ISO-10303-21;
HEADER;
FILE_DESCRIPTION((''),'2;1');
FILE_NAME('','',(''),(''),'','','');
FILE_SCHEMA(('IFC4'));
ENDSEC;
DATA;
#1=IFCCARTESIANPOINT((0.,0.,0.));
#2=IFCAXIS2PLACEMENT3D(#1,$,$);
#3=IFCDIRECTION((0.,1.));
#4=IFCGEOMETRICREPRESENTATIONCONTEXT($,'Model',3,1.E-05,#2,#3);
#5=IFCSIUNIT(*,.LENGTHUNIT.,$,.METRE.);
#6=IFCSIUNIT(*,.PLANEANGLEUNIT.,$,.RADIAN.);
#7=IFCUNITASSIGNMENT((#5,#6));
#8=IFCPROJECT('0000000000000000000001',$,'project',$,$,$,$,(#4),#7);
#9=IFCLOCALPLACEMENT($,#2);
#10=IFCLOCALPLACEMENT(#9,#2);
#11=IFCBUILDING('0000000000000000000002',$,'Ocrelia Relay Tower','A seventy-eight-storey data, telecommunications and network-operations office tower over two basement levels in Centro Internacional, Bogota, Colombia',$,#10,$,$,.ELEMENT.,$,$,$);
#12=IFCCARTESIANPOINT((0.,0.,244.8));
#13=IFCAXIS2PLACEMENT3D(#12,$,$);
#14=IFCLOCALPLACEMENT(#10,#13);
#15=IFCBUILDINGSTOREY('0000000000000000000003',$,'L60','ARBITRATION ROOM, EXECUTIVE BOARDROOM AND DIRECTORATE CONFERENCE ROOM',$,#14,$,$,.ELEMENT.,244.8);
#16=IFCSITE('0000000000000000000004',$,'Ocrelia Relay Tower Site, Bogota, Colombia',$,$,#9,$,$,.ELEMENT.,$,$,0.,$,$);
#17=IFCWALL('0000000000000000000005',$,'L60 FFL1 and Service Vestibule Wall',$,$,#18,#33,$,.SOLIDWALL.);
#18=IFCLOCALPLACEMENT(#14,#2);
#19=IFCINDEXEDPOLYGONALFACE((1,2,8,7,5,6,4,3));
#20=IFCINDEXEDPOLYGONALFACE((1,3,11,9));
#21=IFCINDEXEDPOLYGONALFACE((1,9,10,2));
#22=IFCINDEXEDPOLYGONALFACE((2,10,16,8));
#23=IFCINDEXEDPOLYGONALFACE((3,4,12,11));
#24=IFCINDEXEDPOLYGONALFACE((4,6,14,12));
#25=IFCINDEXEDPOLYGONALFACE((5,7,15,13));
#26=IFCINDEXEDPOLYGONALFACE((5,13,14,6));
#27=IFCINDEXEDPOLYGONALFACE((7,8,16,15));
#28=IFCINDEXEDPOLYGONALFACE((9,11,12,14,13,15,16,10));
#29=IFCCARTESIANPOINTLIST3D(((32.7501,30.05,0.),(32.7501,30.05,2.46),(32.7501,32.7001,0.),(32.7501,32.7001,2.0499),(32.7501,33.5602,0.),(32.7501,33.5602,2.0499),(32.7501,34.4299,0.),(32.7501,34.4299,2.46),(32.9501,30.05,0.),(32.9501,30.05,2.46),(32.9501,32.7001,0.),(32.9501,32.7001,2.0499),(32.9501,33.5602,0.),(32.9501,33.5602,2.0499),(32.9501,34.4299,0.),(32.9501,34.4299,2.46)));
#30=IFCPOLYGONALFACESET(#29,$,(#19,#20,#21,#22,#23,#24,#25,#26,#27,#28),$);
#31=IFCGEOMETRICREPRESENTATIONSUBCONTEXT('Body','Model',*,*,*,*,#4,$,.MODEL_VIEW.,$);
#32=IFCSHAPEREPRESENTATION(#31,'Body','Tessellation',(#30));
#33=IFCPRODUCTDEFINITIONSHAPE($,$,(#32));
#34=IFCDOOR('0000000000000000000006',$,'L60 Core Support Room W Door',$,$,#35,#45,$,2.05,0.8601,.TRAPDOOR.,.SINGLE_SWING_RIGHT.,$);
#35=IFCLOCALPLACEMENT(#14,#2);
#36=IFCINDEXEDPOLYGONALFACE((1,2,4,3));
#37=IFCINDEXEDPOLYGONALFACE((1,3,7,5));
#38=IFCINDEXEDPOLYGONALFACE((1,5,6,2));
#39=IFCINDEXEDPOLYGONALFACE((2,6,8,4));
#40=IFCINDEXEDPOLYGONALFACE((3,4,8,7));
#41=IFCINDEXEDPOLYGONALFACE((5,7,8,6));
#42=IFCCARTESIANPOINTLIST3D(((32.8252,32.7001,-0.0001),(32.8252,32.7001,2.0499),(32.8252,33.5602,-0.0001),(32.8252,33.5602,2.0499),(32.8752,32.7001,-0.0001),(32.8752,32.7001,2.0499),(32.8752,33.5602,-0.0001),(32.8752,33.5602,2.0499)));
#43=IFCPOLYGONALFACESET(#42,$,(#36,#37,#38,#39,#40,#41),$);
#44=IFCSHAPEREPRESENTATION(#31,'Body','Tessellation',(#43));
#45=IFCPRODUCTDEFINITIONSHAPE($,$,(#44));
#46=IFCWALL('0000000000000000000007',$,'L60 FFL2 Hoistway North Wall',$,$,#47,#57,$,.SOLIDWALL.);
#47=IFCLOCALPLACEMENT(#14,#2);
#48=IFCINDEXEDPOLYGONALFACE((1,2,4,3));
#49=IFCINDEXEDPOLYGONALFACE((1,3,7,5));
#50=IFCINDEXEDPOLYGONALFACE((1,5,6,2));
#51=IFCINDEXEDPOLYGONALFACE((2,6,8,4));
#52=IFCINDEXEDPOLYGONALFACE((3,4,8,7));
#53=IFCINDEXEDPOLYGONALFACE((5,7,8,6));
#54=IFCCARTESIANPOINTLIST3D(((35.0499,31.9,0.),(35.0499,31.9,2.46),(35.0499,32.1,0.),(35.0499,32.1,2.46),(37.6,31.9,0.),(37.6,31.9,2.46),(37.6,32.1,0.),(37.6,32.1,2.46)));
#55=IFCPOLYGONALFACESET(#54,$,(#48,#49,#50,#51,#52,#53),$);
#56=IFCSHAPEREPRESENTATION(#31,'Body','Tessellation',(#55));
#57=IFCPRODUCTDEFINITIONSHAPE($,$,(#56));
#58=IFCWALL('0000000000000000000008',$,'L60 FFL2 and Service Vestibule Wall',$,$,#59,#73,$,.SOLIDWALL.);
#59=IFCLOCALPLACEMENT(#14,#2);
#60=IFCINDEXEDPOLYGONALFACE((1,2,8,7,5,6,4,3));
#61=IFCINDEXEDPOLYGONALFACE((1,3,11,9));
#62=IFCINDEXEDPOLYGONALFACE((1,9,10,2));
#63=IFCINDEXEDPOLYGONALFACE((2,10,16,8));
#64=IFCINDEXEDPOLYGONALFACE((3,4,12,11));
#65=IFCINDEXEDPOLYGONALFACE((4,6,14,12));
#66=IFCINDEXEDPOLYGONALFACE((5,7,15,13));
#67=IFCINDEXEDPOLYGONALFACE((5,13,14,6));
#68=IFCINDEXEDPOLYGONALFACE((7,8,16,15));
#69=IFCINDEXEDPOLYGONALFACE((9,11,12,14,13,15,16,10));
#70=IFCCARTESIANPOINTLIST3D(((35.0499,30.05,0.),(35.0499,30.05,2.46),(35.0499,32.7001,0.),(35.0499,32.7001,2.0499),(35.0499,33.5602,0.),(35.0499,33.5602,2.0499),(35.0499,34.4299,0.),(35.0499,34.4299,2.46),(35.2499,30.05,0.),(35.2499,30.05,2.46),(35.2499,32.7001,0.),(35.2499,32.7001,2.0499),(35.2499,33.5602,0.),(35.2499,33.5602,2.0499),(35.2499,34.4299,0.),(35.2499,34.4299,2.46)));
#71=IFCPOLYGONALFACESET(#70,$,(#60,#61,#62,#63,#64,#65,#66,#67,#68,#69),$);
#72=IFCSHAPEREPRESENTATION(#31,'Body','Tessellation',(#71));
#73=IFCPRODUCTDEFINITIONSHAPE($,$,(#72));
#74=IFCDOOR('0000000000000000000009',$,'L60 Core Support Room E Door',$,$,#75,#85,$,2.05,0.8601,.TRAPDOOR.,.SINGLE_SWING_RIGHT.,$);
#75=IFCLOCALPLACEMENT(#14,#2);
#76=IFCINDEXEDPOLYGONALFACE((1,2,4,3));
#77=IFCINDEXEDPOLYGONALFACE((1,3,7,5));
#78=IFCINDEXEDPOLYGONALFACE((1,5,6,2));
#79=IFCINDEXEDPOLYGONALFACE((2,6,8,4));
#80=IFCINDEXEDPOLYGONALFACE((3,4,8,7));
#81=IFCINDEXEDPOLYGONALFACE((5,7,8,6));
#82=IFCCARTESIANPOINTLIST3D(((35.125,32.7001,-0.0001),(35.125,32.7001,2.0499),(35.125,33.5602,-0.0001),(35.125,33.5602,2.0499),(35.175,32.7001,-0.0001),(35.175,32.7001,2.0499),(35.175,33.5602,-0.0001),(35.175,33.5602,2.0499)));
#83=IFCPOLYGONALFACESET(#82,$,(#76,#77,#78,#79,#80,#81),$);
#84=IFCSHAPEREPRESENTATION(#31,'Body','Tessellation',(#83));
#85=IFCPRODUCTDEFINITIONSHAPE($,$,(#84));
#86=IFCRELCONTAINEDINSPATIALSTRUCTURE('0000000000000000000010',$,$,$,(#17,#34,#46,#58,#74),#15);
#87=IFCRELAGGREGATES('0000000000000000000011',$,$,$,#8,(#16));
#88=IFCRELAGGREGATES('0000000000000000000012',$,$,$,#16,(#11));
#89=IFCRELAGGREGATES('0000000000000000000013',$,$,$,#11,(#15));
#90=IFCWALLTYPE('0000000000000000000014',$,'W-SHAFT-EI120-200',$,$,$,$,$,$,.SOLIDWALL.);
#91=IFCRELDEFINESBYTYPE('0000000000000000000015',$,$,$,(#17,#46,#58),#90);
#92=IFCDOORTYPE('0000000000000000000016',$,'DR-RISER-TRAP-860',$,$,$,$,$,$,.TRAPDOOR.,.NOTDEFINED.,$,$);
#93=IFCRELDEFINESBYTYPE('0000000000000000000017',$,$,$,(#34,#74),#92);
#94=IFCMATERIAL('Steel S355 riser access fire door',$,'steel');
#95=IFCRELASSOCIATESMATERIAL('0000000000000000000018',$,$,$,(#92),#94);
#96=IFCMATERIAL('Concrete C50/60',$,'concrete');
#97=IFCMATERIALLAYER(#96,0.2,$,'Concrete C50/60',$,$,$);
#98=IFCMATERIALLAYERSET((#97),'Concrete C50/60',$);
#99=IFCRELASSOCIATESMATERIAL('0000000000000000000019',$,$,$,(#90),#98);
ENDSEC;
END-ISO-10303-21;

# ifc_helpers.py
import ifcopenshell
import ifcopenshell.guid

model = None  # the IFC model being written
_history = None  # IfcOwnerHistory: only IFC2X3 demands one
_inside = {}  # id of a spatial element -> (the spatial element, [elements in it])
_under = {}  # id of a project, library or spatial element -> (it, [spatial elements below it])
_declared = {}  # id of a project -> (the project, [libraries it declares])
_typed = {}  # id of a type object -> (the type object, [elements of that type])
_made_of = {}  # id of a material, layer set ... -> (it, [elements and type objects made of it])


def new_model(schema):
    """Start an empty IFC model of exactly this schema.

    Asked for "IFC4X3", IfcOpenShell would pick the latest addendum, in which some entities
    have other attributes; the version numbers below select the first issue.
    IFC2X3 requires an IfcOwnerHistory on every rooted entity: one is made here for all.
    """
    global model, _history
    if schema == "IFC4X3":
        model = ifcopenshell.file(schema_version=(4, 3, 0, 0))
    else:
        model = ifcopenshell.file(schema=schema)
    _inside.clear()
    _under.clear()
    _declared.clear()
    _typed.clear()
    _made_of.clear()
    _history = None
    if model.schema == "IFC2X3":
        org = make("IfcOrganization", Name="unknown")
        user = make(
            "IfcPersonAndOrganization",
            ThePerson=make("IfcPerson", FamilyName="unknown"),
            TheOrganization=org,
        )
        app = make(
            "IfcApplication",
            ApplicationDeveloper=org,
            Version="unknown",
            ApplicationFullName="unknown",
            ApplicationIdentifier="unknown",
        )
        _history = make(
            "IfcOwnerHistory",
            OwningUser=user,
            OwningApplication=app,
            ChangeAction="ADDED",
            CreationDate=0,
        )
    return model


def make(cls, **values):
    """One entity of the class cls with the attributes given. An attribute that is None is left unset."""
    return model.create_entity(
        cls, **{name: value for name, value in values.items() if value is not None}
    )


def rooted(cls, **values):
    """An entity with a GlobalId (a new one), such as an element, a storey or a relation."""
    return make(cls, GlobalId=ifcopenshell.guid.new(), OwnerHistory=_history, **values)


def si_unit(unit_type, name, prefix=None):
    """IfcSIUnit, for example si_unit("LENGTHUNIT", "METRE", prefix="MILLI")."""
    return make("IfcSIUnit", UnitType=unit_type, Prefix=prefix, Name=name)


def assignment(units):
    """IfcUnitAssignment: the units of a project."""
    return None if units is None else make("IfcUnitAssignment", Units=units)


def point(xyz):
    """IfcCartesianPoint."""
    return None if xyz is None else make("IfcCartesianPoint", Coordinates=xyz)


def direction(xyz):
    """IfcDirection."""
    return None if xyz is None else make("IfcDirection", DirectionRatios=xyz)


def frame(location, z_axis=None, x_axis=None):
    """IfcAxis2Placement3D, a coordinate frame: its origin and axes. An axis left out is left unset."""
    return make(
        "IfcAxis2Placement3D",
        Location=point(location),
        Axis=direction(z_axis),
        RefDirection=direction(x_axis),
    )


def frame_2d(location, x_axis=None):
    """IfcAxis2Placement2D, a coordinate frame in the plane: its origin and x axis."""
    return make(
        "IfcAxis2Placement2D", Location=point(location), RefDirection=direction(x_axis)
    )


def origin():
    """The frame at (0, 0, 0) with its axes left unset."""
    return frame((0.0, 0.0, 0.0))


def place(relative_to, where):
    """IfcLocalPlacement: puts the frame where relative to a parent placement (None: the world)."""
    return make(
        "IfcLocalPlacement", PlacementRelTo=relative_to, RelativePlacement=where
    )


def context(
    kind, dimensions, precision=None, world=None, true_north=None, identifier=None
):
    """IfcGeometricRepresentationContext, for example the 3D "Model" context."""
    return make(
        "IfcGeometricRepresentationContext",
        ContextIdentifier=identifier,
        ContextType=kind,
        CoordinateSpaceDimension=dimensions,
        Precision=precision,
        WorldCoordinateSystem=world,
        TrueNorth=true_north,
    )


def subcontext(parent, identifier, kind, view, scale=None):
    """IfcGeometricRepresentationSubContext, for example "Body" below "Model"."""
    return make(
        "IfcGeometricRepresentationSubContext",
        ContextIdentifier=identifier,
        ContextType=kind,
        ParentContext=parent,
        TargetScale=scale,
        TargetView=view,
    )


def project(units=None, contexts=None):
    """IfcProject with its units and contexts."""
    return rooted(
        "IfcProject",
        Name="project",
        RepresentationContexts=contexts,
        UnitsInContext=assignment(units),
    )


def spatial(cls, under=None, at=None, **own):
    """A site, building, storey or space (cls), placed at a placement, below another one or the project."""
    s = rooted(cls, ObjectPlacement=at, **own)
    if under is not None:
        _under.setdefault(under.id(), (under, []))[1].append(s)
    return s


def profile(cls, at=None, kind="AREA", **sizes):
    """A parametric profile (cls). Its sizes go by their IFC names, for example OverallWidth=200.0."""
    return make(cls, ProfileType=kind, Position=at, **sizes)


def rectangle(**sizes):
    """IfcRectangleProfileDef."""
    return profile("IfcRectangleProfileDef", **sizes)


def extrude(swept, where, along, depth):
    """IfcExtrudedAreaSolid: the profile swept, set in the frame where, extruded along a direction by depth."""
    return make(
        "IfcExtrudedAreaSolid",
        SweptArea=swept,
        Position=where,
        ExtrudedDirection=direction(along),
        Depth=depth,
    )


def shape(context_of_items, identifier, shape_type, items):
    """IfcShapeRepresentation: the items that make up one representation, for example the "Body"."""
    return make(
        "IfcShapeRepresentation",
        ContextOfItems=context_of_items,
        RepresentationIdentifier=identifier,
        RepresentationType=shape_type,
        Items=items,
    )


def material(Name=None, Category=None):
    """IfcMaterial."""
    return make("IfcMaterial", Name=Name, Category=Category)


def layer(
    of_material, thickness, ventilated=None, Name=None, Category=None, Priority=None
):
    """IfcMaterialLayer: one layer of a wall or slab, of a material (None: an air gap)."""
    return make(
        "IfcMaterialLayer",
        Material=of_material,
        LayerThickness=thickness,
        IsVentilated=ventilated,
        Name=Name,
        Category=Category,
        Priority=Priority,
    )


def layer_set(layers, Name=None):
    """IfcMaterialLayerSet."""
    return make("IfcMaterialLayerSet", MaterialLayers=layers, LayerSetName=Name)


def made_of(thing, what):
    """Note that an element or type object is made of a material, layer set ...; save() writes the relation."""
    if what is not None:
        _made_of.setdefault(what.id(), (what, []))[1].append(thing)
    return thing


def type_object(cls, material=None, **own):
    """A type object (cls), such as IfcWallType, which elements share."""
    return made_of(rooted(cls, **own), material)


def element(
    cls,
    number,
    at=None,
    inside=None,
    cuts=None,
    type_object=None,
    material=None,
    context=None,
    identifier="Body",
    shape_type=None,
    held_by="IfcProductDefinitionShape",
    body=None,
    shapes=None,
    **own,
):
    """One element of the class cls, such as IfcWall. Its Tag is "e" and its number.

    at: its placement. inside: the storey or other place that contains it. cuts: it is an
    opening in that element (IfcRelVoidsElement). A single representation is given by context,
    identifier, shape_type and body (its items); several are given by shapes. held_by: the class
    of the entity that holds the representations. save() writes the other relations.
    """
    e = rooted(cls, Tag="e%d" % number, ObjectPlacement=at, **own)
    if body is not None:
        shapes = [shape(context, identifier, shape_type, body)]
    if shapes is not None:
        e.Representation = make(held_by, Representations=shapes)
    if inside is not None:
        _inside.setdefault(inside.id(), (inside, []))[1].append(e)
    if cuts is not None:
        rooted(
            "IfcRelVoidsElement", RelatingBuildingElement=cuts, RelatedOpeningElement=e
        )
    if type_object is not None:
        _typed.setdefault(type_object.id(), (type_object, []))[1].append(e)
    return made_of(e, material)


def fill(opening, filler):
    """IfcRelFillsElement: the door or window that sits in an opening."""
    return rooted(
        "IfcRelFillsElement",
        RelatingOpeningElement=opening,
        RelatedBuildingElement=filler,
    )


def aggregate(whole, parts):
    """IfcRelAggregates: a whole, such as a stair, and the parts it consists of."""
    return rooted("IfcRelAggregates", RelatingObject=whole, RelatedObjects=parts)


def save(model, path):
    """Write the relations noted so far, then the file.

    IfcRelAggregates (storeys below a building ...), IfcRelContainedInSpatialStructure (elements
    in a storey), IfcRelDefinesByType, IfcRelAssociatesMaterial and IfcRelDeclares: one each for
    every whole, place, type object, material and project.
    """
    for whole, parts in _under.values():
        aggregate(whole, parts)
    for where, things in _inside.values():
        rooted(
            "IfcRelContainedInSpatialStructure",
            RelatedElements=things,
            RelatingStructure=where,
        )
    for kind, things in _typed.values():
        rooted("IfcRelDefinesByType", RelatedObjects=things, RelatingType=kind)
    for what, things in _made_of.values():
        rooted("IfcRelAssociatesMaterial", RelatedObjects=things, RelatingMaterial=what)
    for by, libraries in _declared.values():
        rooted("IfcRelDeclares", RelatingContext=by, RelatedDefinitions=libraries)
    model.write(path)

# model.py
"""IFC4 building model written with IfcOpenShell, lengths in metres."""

from ifc_helpers import new_model, si_unit, direction, frame, frame_2d, origin, place, context, subcontext, project, spatial, rectangle, extrude, material, layer, layer_set, type_object, element, fill, save


model = new_model("IFC4")

# Units and contexts
model_context = context("Model", 3, precision=1e-05, world=origin(), true_north=direction((0.0, 1.0)))
body_context = subcontext(model_context, "Body", "Model", "MODEL_VIEW")
ifc_project = project(units=[si_unit("LENGTHUNIT", "METRE"), si_unit("PLANEANGLEUNIT", "RADIAN")], contexts=[model_context])

# Site, building, storey
site_placement = place(None, origin())
site = spatial("IfcSite", under=ifc_project, at=site_placement, Name="Ocrelia Relay Tower Site, Bogota, Colombia", CompositionType="ELEMENT", RefElevation=0.0)
building_placement = place(site_placement, origin())
building = spatial("IfcBuilding", under=site, at=building_placement, Name="Ocrelia Relay Tower", Description="A seventy-eight-storey data, telecommunications and network-operations office tower over two basement levels in Centro Internacional, Bogota, Colombia", CompositionType="ELEMENT")
storey_placement = place(building_placement, frame((0.0, 0.0, 244.8)))
storey = spatial("IfcBuildingStorey", under=building, at=storey_placement, Name="L60", Description="ARBITRATION ROOM, EXECUTIVE BOARDROOM AND DIRECTORATE CONFERENCE ROOM", CompositionType="ELEMENT", Elevation=244.8)

# Shared definitions
ifc_material_1 = material(Name="Concrete C50/60", Category="concrete")

# Shared definitions
ifc_material_2 = material(Name="Steel S355 riser access fire door", Category="steel")
door_type_1 = type_object("IfcDoorType", Name="DR-RISER-TRAP-860", OperationType="NOTDEFINED", PredefinedType="TRAPDOOR", material=ifc_material_2)

# Wall, opening, door
ifc_layer_1 = layer(ifc_material_1, 0.2, Name="Concrete C50/60")
ifc_layer_set_1 = layer_set([ifc_layer_1], Name="Concrete C50/60")
wall_type_1 = type_object("IfcWallType", Name="W-SHAFT-EI120-200", PredefinedType="SOLIDWALL", material=ifc_layer_set_1)
wall_1_placement = place(storey_placement, frame((32.8501, 30.05, 0.0), z_axis=(0.0, 0.0, 1.0), x_axis=(0.0, 1.0, 0.0)))
wall_1 = element("IfcWall", 1, at=wall_1_placement, inside=storey, type_object=wall_type_1, Name="L60 FFL1 and Service Vestibule Wall", PredefinedType="SOLIDWALL", context=body_context, shape_type="SweptSolid", body=[
    extrude(rectangle(XDim=4.3799, YDim=0.2, at=frame_2d((2.1899, 0.0))), origin(), (0.0, 0.0, 1.0), 2.46),
])
opening_1_placement = place(wall_1_placement, frame((2.6499, 0.0, 0.0)))
opening_1 = element("IfcOpeningElement", 2, at=opening_1_placement, cuts=wall_1, PredefinedType="OPENING", context=body_context, shape_type="SweptSolid", body=[
    extrude(rectangle(XDim=0.8601, YDim=2.05, at=frame_2d((0.4302, 1.0249))), frame((0.0, 0.1099, 0.0), z_axis=(0.0, -1.0, 0.0), x_axis=(1.0, 0.0, 0.0)), (0.0, 0.0, 1.0), 0.22),
])
door_1_placement = place(opening_1_placement, origin())
door_1 = element("IfcDoor", 3, at=door_1_placement, inside=storey, type_object=door_type_1, Name="L60 Core Support Room W Door", OperationType="SINGLE_SWING_RIGHT", OverallHeight=2.05, OverallWidth=0.8601, PredefinedType="TRAPDOOR", context=body_context, shape_type="SweptSolid", body=[
    extrude(rectangle(XDim=0.8601, YDim=2.05, at=frame_2d((0.4302, 1.0249))), frame((0.0, 0.0249, 0.0), z_axis=(0.0, -1.0, 0.0), x_axis=(1.0, 0.0, 0.0)), (0.0, 0.0, 1.0), 0.05),
])
fill(opening_1, door_1)

# Wall
wall_2_placement = place(storey_placement, frame((35.05, 32.0, 0.0), z_axis=(0.0, 0.0, 1.0), x_axis=(1.0, 0.0, 0.0)))
element("IfcWall", 4, at=wall_2_placement, inside=storey, type_object=wall_type_1, Name="L60 FFL2 Hoistway North Wall", PredefinedType="SOLIDWALL", context=body_context, shape_type="SweptSolid", body=[
    extrude(rectangle(XDim=2.55, YDim=0.2, at=frame_2d((1.2749, 0.0))), origin(), (0.0, 0.0, 1.0), 2.46),
])

# Wall, opening, door
wall_3_placement = place(storey_placement, frame((35.1499, 30.05, 0.0), z_axis=(0.0, 0.0, 1.0), x_axis=(0.0, 1.0, 0.0)))
wall_3 = element("IfcWall", 5, at=wall_3_placement, inside=storey, type_object=wall_type_1, Name="L60 FFL2 and Service Vestibule Wall", PredefinedType="SOLIDWALL", context=body_context, shape_type="SweptSolid", body=[
    extrude(rectangle(XDim=4.3799, YDim=0.2, at=frame_2d((2.1899, 0.0))), origin(), (0.0, 0.0, 1.0), 2.46),
])
opening_2_placement = place(wall_3_placement, frame((2.6499, 0.0, 0.0)))
opening_2 = element("IfcOpeningElement", 6, at=opening_2_placement, cuts=wall_3, PredefinedType="OPENING", context=body_context, shape_type="SweptSolid", body=[
    extrude(rectangle(XDim=0.8601, YDim=2.05, at=frame_2d((0.4302, 1.0249))), frame((0.0, 0.1099, 0.0), z_axis=(0.0, -1.0, 0.0), x_axis=(1.0, 0.0, 0.0)), (0.0, 0.0, 1.0), 0.22),
])
door_2_placement = place(opening_2_placement, origin())
door_2 = element("IfcDoor", 7, at=door_2_placement, inside=storey, type_object=door_type_1, Name="L60 Core Support Room E Door", OperationType="SINGLE_SWING_RIGHT", OverallHeight=2.05, OverallWidth=0.8601, PredefinedType="TRAPDOOR", context=body_context, shape_type="SweptSolid", body=[
    extrude(rectangle(XDim=0.8601, YDim=2.05, at=frame_2d((0.4302, 1.0249))), frame((0.0, 0.0249, 0.0), z_axis=(0.0, -1.0, 0.0), x_axis=(1.0, 0.0, 0.0)), (0.0, 0.0, 1.0), 0.05),
])
fill(opening_2, door_2)

save(model, "model.ifc")
